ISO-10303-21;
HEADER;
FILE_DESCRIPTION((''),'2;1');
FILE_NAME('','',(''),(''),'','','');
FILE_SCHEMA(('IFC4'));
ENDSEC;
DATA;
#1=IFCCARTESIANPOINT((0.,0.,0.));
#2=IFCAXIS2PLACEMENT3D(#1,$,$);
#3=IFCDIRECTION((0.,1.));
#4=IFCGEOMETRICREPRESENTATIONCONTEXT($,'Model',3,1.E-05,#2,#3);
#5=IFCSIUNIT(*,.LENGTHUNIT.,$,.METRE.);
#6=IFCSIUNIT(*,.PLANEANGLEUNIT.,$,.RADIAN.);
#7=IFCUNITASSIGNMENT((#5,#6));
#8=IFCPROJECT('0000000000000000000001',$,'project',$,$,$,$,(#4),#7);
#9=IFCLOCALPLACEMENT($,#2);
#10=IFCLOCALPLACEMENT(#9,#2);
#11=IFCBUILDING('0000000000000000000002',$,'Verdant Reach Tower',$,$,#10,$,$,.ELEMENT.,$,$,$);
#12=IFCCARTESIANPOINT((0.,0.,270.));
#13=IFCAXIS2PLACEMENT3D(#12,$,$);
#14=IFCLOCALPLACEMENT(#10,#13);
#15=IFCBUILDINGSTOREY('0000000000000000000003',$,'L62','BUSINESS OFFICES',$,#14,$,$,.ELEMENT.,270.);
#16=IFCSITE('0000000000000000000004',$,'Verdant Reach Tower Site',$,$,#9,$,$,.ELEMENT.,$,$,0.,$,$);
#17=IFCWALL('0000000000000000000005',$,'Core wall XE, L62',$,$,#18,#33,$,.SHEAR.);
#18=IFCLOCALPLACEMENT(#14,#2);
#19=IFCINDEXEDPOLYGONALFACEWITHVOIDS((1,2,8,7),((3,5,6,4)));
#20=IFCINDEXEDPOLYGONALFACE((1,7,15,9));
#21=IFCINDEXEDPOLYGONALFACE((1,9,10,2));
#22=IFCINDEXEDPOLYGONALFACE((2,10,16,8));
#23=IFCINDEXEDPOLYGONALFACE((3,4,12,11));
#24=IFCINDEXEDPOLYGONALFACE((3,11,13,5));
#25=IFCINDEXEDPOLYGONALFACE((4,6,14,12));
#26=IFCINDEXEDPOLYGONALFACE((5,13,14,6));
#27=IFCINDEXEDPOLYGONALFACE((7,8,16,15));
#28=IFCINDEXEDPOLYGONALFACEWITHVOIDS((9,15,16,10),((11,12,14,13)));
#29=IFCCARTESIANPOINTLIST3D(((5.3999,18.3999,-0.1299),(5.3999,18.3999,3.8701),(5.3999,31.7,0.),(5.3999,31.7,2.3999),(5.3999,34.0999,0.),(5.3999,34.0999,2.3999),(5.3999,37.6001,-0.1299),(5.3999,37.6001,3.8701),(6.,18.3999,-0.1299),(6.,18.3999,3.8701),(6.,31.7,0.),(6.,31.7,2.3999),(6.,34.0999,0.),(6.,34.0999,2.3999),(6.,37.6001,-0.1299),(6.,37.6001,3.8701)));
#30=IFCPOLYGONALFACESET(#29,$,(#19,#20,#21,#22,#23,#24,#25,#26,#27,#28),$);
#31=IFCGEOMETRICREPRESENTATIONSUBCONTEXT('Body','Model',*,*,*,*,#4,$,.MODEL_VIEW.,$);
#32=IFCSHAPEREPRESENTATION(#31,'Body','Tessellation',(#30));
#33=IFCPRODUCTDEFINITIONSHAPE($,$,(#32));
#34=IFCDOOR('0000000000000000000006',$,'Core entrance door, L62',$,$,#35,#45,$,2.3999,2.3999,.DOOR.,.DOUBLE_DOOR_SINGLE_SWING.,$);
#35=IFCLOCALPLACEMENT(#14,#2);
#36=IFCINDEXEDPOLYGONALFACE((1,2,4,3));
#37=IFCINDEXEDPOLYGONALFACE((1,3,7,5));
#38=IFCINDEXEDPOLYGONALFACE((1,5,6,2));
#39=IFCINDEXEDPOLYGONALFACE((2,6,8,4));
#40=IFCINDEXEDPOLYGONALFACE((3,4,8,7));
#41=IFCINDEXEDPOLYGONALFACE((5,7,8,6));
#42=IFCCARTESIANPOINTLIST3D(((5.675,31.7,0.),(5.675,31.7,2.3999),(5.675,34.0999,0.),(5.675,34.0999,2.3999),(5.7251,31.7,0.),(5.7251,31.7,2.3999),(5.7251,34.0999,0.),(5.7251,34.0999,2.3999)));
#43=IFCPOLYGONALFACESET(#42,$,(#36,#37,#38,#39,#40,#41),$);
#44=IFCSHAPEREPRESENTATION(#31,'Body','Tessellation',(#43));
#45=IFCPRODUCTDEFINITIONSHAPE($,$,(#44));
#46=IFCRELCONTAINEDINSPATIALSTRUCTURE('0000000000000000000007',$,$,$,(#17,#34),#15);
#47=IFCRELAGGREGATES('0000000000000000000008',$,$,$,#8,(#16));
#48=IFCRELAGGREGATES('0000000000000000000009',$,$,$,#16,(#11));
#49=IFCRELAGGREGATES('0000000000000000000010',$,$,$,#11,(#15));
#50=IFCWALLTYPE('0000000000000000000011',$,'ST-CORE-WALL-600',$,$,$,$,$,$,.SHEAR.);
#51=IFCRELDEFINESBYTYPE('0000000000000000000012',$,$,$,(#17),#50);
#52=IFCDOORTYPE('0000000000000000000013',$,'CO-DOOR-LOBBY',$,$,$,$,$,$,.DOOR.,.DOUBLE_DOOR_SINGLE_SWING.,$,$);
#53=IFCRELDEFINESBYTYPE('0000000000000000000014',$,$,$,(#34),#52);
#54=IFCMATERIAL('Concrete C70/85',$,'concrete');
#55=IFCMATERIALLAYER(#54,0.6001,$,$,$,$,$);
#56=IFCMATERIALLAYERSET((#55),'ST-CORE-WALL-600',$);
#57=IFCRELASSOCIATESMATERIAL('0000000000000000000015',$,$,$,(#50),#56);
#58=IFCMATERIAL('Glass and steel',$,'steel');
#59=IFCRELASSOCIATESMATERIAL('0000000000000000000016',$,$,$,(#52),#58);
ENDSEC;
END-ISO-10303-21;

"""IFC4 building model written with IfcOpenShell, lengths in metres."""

from ifc_helpers import new_model, si_unit, direction, frame, frame_2d, origin, place, context, subcontext, project, spatial, rectangle, extrude, material, layer, layer_set, type_object, element, fill, save


model = new_model("IFC4")

# Units and contexts
model_context = context("Model", 3, precision=1e-05, world=origin(), true_north=direction((0.0, 1.0)))
body_context = subcontext(model_context, "Body", "Model", "MODEL_VIEW")
ifc_project = project(units=[si_unit("LENGTHUNIT", "METRE"), si_unit("PLANEANGLEUNIT", "RADIAN")], contexts=[model_context])

# Site, building, storey
site_placement = place(None, origin())
site = spatial("IfcSite", under=ifc_project, at=site_placement, Name="Verdant Reach Tower Site", CompositionType="ELEMENT", RefElevation=0.0)
building_placement = place(site_placement, origin())
building = spatial("IfcBuilding", under=site, at=building_placement, Name="Verdant Reach Tower", CompositionType="ELEMENT")
storey_placement = place(building_placement, frame((0.0, 0.0, 270.0)))
storey = spatial("IfcBuildingStorey", under=building, at=storey_placement, Name="L62", Description="BUSINESS OFFICES", CompositionType="ELEMENT", Elevation=270.0)

# Wall, opening, door
ifc_material_1 = material(Name="Concrete C70/85", Category="concrete")
ifc_layer_1 = layer(ifc_material_1, 0.6001)
ifc_layer_set_1 = layer_set([ifc_layer_1], Name="ST-CORE-WALL-600")
wall_type_1 = type_object("IfcWallType", Name="ST-CORE-WALL-600", PredefinedType="SHEAR", material=ifc_layer_set_1)
wall_1_placement = place(storey_placement, frame((5.7, 18.3999, -0.1299), z_axis=(0.0, 0.0, 1.0), x_axis=(0.0, 1.0, 0.0)))
wall_1 = element("IfcWall", 1, at=wall_1_placement, inside=storey, type_object=wall_type_1, Name="Core wall XE, L62", PredefinedType="SHEAR", context=body_context, shape_type="SweptSolid", body=[
    extrude(rectangle(XDim=19.2002, YDim=0.6001, at=frame_2d((9.6001, 0.0))), origin(), (0.0, 0.0, 1.0), 4.0),
])
opening_1_placement = place(wall_1_placement, frame((13.3, 0.0, 0.1299)))
opening_1 = element("IfcOpeningElement", 2, at=opening_1_placement, cuts=wall_1, PredefinedType="OPENING", context=body_context, shape_type="SweptSolid", body=[
    extrude(rectangle(XDim=2.3999, YDim=2.3999, at=frame_2d((1.2, 1.2))), frame((0.0, 0.3101, 0.0), z_axis=(0.0, -1.0, 0.0), x_axis=(1.0, 0.0, 0.0)), (0.0, 0.0, 1.0), 0.6201),
])
ifc_material_2 = material(Name="Glass and steel", Category="steel")
door_type_1 = type_object("IfcDoorType", Name="CO-DOOR-LOBBY", OperationType="DOUBLE_DOOR_SINGLE_SWING", PredefinedType="DOOR", material=ifc_material_2)
door_1_placement = place(opening_1_placement, origin())
door_1 = element("IfcDoor", 3, at=door_1_placement, inside=storey, type_object=door_type_1, Name="Core entrance door, L62", OperationType="DOUBLE_DOOR_SINGLE_SWING", OverallHeight=2.3999, OverallWidth=2.3999, PredefinedType="DOOR", context=body_context, shape_type="SweptSolid", body=[
    extrude(rectangle(XDim=2.3999, YDim=2.3999, at=frame_2d((1.2, 1.2))), frame((0.0, 0.0249, 0.0), z_axis=(0.0, -1.0, 0.0), x_axis=(1.0, 0.0, 0.0)), (0.0, 0.0, 1.0), 0.05),
])
fill(opening_1, door_1)

save(model, "model.ifc")
